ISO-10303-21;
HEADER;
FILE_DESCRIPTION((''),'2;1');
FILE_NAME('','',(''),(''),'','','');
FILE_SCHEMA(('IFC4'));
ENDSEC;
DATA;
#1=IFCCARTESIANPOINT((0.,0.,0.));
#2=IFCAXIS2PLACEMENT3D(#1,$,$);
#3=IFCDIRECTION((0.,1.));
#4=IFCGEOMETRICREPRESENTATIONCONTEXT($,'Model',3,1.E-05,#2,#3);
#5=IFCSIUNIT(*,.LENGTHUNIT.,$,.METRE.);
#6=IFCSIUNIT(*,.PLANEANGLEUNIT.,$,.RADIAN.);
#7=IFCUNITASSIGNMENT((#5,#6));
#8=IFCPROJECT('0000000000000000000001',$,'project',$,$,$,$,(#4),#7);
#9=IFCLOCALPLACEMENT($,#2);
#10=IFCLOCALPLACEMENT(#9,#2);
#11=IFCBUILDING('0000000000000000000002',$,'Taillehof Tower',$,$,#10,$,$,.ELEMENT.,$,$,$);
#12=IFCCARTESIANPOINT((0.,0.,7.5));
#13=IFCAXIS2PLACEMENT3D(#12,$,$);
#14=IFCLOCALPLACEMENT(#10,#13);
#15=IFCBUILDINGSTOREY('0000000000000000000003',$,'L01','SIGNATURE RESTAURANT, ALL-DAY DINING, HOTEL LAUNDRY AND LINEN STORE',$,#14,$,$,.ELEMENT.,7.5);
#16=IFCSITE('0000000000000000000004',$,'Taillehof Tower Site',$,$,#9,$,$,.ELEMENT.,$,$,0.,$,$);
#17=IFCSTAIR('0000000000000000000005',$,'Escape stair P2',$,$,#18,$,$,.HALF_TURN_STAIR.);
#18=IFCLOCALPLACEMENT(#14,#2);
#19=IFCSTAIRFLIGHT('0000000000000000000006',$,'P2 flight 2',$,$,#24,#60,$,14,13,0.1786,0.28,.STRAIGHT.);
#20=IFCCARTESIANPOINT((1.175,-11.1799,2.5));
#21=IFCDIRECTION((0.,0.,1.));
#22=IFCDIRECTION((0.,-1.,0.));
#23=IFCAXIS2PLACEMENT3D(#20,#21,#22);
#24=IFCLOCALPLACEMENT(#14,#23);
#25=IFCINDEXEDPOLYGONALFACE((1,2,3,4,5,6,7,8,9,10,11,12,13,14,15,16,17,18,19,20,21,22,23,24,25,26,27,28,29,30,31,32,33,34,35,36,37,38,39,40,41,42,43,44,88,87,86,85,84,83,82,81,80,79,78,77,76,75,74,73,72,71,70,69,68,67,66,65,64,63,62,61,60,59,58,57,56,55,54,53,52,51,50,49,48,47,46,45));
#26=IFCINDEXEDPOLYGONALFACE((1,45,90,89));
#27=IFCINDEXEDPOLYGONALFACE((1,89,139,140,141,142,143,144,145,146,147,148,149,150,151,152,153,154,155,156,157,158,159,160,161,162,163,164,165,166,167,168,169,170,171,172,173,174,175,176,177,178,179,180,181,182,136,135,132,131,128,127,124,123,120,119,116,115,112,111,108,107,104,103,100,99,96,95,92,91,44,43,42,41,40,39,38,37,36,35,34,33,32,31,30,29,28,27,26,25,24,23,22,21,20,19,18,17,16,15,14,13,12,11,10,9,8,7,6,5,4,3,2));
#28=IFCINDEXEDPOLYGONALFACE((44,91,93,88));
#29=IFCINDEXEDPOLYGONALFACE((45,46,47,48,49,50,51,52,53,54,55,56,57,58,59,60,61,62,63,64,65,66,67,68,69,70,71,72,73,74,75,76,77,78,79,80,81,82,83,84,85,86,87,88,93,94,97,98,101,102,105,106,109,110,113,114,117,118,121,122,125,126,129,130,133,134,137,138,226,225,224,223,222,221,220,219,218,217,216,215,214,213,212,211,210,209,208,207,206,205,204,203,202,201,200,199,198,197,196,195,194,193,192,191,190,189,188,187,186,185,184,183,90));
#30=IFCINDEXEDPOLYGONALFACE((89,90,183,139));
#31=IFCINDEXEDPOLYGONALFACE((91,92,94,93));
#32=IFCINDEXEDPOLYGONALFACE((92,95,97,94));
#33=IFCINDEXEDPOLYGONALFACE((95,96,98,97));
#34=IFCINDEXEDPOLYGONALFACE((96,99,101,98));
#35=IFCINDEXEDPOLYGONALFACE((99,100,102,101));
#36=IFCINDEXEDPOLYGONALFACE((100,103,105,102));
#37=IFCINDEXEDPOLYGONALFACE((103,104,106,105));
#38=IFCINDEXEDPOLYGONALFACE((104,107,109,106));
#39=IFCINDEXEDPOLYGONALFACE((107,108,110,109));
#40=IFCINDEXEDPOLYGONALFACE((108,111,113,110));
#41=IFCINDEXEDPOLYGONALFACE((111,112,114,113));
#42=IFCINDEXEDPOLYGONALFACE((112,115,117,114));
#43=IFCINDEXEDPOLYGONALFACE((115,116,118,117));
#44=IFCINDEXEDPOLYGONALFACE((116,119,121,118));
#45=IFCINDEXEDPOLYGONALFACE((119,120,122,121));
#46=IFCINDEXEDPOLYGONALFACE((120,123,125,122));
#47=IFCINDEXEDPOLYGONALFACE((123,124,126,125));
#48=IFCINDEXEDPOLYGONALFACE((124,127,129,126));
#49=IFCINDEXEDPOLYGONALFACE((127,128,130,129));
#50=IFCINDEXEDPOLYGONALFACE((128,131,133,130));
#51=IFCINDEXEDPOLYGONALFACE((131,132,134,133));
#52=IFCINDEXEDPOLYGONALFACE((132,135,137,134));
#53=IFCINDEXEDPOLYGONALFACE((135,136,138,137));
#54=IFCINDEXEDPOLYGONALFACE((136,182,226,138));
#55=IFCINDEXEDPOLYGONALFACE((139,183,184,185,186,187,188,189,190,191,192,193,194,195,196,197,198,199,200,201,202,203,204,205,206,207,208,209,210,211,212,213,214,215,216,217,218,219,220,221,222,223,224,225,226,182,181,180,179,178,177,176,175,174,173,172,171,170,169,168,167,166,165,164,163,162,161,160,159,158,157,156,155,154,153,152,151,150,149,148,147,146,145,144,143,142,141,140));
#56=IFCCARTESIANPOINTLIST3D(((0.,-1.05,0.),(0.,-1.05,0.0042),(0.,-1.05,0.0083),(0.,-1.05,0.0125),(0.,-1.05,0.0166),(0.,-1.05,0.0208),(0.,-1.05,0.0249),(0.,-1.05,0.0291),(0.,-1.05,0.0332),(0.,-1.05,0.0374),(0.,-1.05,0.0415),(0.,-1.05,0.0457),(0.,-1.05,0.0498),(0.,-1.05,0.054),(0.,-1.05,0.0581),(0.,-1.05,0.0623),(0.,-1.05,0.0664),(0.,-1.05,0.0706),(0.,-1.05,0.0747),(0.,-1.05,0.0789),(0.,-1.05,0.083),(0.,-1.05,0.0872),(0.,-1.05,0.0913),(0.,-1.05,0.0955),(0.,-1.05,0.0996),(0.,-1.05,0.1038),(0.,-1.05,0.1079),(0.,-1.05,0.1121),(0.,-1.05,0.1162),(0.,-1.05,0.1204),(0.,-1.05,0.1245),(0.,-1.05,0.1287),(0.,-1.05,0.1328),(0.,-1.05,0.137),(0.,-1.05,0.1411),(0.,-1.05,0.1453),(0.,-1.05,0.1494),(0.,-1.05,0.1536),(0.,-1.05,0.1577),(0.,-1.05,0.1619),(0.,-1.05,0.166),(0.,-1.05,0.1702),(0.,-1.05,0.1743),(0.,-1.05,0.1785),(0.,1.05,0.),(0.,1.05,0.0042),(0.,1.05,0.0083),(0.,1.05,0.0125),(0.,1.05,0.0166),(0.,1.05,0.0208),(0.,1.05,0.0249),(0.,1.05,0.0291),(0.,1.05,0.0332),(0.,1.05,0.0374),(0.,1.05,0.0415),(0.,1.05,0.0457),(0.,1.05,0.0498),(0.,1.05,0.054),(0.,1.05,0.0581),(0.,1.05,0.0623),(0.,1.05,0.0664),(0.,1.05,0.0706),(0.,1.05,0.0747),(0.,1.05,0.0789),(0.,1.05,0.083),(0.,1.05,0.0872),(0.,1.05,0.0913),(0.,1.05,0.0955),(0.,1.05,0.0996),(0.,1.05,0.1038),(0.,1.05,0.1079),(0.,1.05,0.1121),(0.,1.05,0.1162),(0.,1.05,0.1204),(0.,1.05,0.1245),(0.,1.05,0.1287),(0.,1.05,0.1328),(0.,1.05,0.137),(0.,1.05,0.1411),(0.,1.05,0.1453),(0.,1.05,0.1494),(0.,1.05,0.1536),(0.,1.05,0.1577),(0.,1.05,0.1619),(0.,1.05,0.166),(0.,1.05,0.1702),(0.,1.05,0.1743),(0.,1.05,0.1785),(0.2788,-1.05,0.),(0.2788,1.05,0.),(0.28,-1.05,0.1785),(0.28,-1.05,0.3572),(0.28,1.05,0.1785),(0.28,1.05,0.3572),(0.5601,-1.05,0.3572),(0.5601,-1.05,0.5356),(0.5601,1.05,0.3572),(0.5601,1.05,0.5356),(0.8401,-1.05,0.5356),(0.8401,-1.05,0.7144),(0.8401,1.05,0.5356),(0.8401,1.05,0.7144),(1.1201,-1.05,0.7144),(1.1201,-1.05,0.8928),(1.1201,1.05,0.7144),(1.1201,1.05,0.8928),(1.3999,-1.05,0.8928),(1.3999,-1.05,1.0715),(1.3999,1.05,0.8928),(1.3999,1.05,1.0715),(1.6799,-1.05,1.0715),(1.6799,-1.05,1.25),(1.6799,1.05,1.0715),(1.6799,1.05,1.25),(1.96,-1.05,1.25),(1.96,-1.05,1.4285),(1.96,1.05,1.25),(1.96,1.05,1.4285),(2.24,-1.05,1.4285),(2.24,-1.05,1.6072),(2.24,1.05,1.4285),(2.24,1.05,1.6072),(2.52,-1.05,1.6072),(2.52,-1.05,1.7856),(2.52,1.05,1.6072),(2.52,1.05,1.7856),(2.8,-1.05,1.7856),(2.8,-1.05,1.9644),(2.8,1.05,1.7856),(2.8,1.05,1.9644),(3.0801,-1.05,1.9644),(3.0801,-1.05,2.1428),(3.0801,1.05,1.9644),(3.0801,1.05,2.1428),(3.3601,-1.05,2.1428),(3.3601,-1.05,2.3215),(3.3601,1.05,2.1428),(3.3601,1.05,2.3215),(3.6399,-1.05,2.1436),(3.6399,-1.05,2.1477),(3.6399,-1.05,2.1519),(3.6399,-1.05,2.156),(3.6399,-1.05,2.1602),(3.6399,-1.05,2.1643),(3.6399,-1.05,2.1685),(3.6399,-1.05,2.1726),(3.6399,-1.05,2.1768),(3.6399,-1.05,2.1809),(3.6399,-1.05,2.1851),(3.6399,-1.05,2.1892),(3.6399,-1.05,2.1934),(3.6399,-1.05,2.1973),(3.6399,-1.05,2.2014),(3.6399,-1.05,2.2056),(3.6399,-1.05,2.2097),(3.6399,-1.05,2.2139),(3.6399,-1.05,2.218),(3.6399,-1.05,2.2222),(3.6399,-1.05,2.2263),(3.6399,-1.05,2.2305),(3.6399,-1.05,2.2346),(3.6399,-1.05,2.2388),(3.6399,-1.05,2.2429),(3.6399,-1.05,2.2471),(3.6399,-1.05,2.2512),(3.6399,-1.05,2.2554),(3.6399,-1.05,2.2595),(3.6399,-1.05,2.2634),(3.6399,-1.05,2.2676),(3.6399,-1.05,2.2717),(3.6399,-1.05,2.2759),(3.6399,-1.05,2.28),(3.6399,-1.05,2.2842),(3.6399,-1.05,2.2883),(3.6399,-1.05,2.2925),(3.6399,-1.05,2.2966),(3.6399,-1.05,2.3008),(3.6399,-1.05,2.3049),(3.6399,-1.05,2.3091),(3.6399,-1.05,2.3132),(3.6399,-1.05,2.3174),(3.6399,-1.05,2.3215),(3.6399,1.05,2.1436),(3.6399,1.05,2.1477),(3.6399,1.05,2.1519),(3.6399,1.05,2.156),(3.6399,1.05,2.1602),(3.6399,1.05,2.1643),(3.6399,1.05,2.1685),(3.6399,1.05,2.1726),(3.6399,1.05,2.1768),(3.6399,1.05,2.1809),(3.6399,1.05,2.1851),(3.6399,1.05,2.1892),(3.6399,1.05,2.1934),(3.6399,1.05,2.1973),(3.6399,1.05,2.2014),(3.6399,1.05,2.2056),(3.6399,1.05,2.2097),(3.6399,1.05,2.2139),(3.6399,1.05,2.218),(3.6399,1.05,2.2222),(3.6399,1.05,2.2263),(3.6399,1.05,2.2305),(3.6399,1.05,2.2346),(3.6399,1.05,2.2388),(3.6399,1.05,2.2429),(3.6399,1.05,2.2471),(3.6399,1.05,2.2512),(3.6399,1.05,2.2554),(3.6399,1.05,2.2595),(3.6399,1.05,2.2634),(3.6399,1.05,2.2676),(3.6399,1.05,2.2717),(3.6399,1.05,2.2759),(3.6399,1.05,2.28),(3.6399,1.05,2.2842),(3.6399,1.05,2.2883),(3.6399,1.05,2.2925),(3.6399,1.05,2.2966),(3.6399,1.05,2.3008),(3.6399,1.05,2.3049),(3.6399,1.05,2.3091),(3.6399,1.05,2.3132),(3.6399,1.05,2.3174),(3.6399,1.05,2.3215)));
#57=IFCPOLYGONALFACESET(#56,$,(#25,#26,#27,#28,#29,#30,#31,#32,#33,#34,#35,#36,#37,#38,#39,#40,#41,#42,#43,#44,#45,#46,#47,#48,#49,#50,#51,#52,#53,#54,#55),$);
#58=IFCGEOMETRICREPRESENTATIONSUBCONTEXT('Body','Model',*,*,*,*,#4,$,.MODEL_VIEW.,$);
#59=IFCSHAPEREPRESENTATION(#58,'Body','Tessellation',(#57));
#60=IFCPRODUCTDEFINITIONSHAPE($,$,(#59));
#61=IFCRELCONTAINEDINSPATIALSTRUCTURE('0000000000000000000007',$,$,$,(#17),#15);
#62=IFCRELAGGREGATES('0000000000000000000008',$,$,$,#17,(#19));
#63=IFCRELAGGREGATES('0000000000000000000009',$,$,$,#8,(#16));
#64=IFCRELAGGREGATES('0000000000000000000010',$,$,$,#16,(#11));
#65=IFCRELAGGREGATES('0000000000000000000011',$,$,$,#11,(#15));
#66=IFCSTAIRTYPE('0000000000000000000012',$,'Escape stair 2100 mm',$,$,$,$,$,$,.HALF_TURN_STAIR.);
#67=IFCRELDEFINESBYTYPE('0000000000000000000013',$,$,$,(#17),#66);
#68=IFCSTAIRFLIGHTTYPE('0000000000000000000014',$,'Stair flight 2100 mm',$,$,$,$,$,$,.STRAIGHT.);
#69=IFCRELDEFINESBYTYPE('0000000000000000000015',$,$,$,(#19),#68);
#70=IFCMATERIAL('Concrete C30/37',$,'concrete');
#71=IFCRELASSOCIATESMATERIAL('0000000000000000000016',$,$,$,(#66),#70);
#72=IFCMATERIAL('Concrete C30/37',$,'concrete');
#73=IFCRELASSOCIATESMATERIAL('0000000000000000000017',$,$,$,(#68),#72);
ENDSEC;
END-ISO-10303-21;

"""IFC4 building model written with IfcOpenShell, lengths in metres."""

from ifc_helpers import new_model, si_unit, direction, frame, origin, place, context, subcontext, project, spatial, polyline, outline, extrude, material, type_object, element, aggregate, save


model = new_model("IFC4")

# Units and contexts
model_context = context("Model", 3, precision=1e-05, world=origin(), true_north=direction((0.0, 1.0)))
body_context = subcontext(model_context, "Body", "Model", "MODEL_VIEW")
ifc_project = project(units=[si_unit("LENGTHUNIT", "METRE"), si_unit("PLANEANGLEUNIT", "RADIAN")], contexts=[model_context])

# Site, building, storey
site_placement = place(None, origin())
site = spatial("IfcSite", under=ifc_project, at=site_placement, Name="Taillehof Tower Site", CompositionType="ELEMENT", RefElevation=0.0)
building_placement = place(site_placement, origin())
building = spatial("IfcBuilding", under=site, at=building_placement, Name="Taillehof Tower", CompositionType="ELEMENT")
storey_placement = place(building_placement, frame((0.0, 0.0, 7.5)))
storey = spatial("IfcBuildingStorey", under=building, at=storey_placement, Name="L01", Description="SIGNATURE RESTAURANT, ALL-DAY DINING, HOTEL LAUNDRY AND LINEN STORE", CompositionType="ELEMENT", Elevation=7.5)

# Stair, stair flight
ifc_material_1 = material(Name="Concrete C30/37", Category="concrete")
stair_type = type_object("IfcStairType", Name="Escape stair 2100 mm", PredefinedType="HALF_TURN_STAIR", material=ifc_material_1)
stair_placement = place(storey_placement, origin())
stair = element("IfcStair", 1, at=stair_placement, inside=storey, type_object=stair_type, Name="Escape stair P2", PredefinedType="HALF_TURN_STAIR")
ifc_material_2 = material(Name="Concrete C30/37", Category="concrete")
stair_flight_type = type_object("IfcStairFlightType", Name="Stair flight 2100 mm", PredefinedType="STRAIGHT", material=ifc_material_2)
stair_flight_placement = place(storey_placement, frame((1.175, -11.1799, 2.5), z_axis=(0.0, 0.0, 1.0), x_axis=(0.0, -1.0, 0.0)))
stair_flight = element("IfcStairFlight", 2, at=stair_flight_placement, type_object=stair_flight_type, Name="P2 flight 2", NumberOfRisers=14, NumberOfTreads=13, PredefinedType="STRAIGHT", RiserHeight=0.1786, TreadLength=0.28, context=body_context, shape_type="SweptSolid", body=[
    extrude(outline(polyline([(0.0, 0.0), (0.0, 0.0042), (0.0, 0.0083), (0.0, 0.0125), (0.0, 0.0166), (0.0, 0.0208), (0.0, 0.0249), (0.0, 0.0291), (0.0, 0.0332), (0.0, 0.0374), (0.0, 0.0415), (0.0, 0.0457), (0.0, 0.0498), (0.0, 0.054), (0.0, 0.0581), (0.0, 0.0623), (0.0, 0.0664), (0.0, 0.0706), (0.0, 0.0747), (0.0, 0.0789), (0.0, 0.083), (0.0, 0.0872), (0.0, 0.0913), (0.0, 0.0955), (0.0, 0.0996), (0.0, 0.1038), (0.0, 0.1079), (0.0, 0.1121), (0.0, 0.1162), (0.0, 0.1204), (0.0, 0.1245), (0.0, 0.1287), (0.0, 0.1328), (0.0, 0.137), (0.0, 0.1411), (0.0, 0.1453), (0.0, 0.1494), (0.0, 0.1536), (0.0, 0.1577), (0.0, 0.1619), (0.0, 0.166), (0.0, 0.1702), (0.0, 0.1743), (0.0, 0.1785), (0.28, 0.1785), (0.28, 0.3572), (0.5601, 0.3572), (0.5601, 0.5356), (0.8401, 0.5356), (0.8401, 0.7144), (1.1201, 0.7144), (1.1201, 0.8928), (1.3999, 0.8928), (1.3999, 1.0715), (1.6799, 1.0715), (1.6799, 1.25), (1.96, 1.25), (1.96, 1.4285), (2.24, 1.4285), (2.24, 1.6072), (2.52, 1.6072), (2.52, 1.7856), (2.8, 1.7856), (2.8, 1.9644), (3.0801, 1.9644), (3.0801, 2.1428), (3.3601, 2.1428), (3.3601, 2.3215), (3.6399, 2.3215), (3.6399, 2.3174), (3.6399, 2.3132), (3.6399, 2.3091), (3.6399, 2.3049), (3.6399, 2.3008), (3.6399, 2.2966), (3.6399, 2.2925), (3.6399, 2.2883), (3.6399, 2.2842), (3.6399, 2.28), (3.6399, 2.2759), (3.6399, 2.2717), (3.6399, 2.2676), (3.6399, 2.2634), (3.6399, 2.2595), (3.6399, 2.2554), (3.6399, 2.2512), (3.6399, 2.2471), (3.6399, 2.2429), (3.6399, 2.2388), (3.6399, 2.2346), (3.6399, 2.2305), (3.6399, 2.2263), (3.6399, 2.2222), (3.6399, 2.218), (3.6399, 2.2139), (3.6399, 2.2097), (3.6399, 2.2056), (3.6399, 2.2014), (3.6399, 2.1973), (3.6399, 2.1934), (3.6399, 2.1892), (3.6399, 2.1851), (3.6399, 2.1809), (3.6399, 2.1768), (3.6399, 2.1726), (3.6399, 2.1685), (3.6399, 2.1643), (3.6399, 2.1602), (3.6399, 2.156), (3.6399, 2.1519), (3.6399, 2.1477), (3.6399, 2.1436), (0.2788, 0.0), (0.0, 0.0)])), frame((0.0, 1.05, 0.0), z_axis=(0.0, -1.0, 0.0), x_axis=(1.0, 0.0, 0.0)), (0.0, 0.0, 1.0), 2.1),
])
aggregate(stair, [stair_flight])

save(model, "model.ifc")
